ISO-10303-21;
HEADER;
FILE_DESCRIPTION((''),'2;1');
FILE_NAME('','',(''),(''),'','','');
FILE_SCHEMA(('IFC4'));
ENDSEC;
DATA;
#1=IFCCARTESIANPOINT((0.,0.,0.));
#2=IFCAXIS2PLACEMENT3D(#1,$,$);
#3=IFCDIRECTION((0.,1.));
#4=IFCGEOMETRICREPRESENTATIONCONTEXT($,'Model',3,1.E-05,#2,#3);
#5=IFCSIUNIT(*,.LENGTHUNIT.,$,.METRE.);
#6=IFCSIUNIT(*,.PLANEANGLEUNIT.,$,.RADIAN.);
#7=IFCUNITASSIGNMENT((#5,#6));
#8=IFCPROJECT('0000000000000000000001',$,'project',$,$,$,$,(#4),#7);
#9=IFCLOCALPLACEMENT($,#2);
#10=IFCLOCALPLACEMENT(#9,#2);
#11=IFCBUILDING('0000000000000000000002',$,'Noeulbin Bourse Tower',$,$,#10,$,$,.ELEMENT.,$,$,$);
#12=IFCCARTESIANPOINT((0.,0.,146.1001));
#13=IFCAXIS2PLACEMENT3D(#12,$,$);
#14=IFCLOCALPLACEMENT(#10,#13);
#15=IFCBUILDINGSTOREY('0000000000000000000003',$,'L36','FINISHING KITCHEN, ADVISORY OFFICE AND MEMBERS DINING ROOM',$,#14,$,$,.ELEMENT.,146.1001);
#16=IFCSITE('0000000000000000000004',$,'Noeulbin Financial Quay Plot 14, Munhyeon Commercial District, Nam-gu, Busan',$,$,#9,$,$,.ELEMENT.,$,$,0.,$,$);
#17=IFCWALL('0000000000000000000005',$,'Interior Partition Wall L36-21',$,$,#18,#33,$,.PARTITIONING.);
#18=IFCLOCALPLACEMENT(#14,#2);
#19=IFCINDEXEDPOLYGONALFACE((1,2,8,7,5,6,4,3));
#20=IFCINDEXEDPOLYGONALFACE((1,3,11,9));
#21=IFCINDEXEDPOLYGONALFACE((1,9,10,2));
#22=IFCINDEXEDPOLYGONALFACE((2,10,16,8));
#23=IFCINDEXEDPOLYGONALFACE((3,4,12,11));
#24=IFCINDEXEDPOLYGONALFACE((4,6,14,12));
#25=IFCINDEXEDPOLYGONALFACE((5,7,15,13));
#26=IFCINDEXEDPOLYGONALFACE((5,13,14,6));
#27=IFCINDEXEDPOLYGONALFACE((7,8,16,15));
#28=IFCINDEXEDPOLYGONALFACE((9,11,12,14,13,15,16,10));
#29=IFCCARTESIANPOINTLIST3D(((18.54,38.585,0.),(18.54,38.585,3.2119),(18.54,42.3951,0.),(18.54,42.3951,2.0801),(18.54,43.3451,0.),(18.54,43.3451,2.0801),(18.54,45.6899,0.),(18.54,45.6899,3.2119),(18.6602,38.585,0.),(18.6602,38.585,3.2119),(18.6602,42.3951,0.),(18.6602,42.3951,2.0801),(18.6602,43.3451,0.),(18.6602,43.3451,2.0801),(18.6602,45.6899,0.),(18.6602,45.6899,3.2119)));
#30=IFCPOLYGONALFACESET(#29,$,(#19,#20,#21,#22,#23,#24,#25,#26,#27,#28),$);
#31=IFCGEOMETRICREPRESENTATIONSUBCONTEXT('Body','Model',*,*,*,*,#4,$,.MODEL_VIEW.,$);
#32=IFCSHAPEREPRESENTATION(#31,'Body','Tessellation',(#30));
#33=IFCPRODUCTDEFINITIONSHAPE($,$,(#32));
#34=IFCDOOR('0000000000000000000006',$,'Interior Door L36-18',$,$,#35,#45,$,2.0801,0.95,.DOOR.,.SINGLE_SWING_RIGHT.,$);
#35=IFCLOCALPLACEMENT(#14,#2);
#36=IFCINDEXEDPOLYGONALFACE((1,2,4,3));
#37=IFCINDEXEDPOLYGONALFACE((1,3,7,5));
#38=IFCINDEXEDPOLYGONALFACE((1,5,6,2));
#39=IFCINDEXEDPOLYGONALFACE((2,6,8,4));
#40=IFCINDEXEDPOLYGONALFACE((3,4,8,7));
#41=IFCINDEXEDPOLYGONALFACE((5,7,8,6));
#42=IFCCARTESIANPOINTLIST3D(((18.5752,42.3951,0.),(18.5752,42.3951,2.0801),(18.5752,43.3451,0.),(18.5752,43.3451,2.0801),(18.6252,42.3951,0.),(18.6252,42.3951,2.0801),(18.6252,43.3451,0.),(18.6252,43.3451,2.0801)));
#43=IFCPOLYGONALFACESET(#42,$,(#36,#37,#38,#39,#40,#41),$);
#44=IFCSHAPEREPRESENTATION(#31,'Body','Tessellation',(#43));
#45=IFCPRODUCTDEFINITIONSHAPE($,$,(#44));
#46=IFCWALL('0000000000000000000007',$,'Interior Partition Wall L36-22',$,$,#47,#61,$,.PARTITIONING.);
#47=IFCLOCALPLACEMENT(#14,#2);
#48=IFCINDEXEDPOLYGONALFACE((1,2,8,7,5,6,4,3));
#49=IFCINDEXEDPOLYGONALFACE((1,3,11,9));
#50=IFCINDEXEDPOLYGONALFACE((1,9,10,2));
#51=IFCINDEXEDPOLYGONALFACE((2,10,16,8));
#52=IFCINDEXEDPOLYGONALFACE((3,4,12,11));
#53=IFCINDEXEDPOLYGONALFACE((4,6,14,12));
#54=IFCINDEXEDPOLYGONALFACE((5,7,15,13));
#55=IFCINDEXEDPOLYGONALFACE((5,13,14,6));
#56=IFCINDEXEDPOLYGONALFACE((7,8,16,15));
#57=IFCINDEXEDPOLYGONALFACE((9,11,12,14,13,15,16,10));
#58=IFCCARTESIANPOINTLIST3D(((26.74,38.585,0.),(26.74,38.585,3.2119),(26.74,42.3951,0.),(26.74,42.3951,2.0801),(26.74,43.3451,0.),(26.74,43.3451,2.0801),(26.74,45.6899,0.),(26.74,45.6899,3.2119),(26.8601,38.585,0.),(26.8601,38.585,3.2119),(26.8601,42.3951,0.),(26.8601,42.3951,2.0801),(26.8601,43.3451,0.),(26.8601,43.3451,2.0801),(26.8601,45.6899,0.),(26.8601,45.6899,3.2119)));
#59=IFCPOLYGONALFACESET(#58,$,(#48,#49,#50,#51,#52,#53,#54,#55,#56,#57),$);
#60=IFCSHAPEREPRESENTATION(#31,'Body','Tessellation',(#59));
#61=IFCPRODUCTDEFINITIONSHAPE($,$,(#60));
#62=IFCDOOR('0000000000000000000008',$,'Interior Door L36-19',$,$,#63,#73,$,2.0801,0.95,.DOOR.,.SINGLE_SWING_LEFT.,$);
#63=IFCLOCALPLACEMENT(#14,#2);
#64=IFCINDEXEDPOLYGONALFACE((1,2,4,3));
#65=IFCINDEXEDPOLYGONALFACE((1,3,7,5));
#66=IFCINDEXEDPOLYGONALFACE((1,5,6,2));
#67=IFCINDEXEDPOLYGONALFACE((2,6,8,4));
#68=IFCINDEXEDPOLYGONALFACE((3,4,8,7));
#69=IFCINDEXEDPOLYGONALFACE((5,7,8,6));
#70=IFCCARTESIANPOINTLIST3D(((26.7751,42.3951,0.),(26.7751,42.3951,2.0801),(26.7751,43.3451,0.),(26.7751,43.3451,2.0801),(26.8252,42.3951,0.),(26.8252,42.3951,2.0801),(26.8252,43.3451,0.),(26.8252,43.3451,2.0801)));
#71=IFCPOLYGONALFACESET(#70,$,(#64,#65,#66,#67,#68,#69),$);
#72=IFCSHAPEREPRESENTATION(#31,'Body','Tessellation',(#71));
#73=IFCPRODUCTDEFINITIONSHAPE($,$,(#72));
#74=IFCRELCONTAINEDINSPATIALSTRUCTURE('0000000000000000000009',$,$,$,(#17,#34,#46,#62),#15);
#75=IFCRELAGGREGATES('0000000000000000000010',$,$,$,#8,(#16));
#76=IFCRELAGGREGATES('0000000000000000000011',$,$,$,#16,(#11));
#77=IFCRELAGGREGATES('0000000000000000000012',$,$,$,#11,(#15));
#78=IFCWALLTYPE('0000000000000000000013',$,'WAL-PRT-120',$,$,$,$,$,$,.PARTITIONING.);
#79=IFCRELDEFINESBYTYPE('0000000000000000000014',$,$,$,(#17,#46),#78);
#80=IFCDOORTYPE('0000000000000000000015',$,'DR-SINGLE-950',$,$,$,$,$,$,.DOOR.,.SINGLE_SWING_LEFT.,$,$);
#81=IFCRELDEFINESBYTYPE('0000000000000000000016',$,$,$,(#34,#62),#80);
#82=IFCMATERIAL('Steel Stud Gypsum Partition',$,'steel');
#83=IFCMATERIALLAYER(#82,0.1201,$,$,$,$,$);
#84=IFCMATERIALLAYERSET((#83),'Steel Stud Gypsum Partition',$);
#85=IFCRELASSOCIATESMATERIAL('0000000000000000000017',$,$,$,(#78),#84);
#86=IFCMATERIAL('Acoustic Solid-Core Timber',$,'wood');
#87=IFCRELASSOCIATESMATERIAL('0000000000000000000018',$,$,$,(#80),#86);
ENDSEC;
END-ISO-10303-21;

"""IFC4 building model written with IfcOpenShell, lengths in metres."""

from ifc_helpers import new_model, si_unit, direction, frame, frame_2d, origin, place, context, subcontext, project, spatial, rectangle, extrude, material, layer, layer_set, type_object, element, fill, save


model = new_model("IFC4")

# Units and contexts
model_context = context("Model", 3, precision=1e-05, world=origin(), true_north=direction((0.0, 1.0)))
body_context = subcontext(model_context, "Body", "Model", "MODEL_VIEW")
ifc_project = project(units=[si_unit("LENGTHUNIT", "METRE"), si_unit("PLANEANGLEUNIT", "RADIAN")], contexts=[model_context])

# Site, building, storey
site_placement = place(None, origin())
site = spatial("IfcSite", under=ifc_project, at=site_placement, Name="Noeulbin Financial Quay Plot 14, Munhyeon Commercial District, Nam-gu, Busan", CompositionType="ELEMENT", RefElevation=0.0)
building_placement = place(site_placement, origin())
building = spatial("IfcBuilding", under=site, at=building_placement, Name="Noeulbin Bourse Tower", CompositionType="ELEMENT")
storey_placement = place(building_placement, frame((0.0, 0.0, 146.1001)))
storey = spatial("IfcBuildingStorey", under=building, at=storey_placement, Name="L36", Description="FINISHING KITCHEN, ADVISORY OFFICE AND MEMBERS DINING ROOM", CompositionType="ELEMENT", Elevation=146.1001)

# Walls, openings, doors
ifc_material_1 = material(Name="Steel Stud Gypsum Partition", Category="steel")
ifc_layer_1 = layer(ifc_material_1, 0.1201)
ifc_layer_set_1 = layer_set([ifc_layer_1], Name="Steel Stud Gypsum Partition")
wall_type = type_object("IfcWallType", Name="WAL-PRT-120", PredefinedType="PARTITIONING", material=ifc_layer_set_1)
wall_1_placement = place(storey_placement, frame((18.6001, 38.585, 0.0), z_axis=(0.0, 0.0, 1.0), x_axis=(0.0, 1.0, 0.0)))
wall_1 = element("IfcWall", 1, at=wall_1_placement, inside=storey, type_object=wall_type, Name="Interior Partition Wall L36-21", PredefinedType="PARTITIONING", context=body_context, shape_type="SweptSolid", body=[
    extrude(rectangle(XDim=7.105, YDim=0.1201, at=frame_2d((3.5525, 0.0))), origin(), (0.0, 0.0, 1.0), 3.2119),
])
opening_1_placement = place(wall_1_placement, frame((3.8101, 0.0, 0.0)))
opening_1 = element("IfcOpeningElement", 2, at=opening_1_placement, cuts=wall_1, PredefinedType="OPENING", context=body_context, shape_type="SweptSolid", body=[
    extrude(rectangle(XDim=0.95, YDim=2.0801, at=frame_2d((0.4751, 1.04))), frame((0.0, 0.0701, 0.0), z_axis=(0.0, -1.0, 0.0), x_axis=(1.0, 0.0, 0.0)), (0.0, 0.0, 1.0), 0.1401),
])
ifc_material_2 = material(Name="Acoustic Solid-Core Timber", Category="wood")
door_type = type_object("IfcDoorType", Name="DR-SINGLE-950", OperationType="SINGLE_SWING_LEFT", PredefinedType="DOOR", material=ifc_material_2)
door_1_placement = place(opening_1_placement, origin())
door_1 = element("IfcDoor", 3, at=door_1_placement, inside=storey, type_object=door_type, Name="Interior Door L36-18", OperationType="SINGLE_SWING_RIGHT", OverallHeight=2.0801, OverallWidth=0.95, PredefinedType="DOOR", context=body_context, shape_type="SweptSolid", body=[
    extrude(rectangle(XDim=0.95, YDim=2.0801, at=frame_2d((0.4751, 1.04))), frame((0.0, 0.0249, 0.0), z_axis=(0.0, -1.0, 0.0), x_axis=(1.0, 0.0, 0.0)), (0.0, 0.0, 1.0), 0.05),
])
fill(opening_1, door_1)
wall_2_placement = place(storey_placement, frame((26.8, 38.585, 0.0), z_axis=(0.0, 0.0, 1.0), x_axis=(0.0, 1.0, 0.0)))
wall_2 = element("IfcWall", 4, at=wall_2_placement, inside=storey, type_object=wall_type, Name="Interior Partition Wall L36-22", PredefinedType="PARTITIONING", context=body_context, shape_type="SweptSolid", body=[
    extrude(rectangle(XDim=7.105, YDim=0.1201, at=frame_2d((3.5525, 0.0))), origin(), (0.0, 0.0, 1.0), 3.2119),
])
opening_2_placement = place(wall_2_placement, frame((3.8101, 0.0, 0.0)))
opening_2 = element("IfcOpeningElement", 5, at=opening_2_placement, cuts=wall_2, PredefinedType="OPENING", context=body_context, shape_type="SweptSolid", body=[
    extrude(rectangle(XDim=0.95, YDim=2.0801, at=frame_2d((0.4751, 1.04))), frame((0.0, 0.0701, 0.0), z_axis=(0.0, -1.0, 0.0), x_axis=(1.0, 0.0, 0.0)), (0.0, 0.0, 1.0), 0.1401),
])
door_2_placement = place(opening_2_placement, origin())
door_2 = element("IfcDoor", 6, at=door_2_placement, inside=storey, type_object=door_type, Name="Interior Door L36-19", OperationType="SINGLE_SWING_LEFT", OverallHeight=2.0801, OverallWidth=0.95, PredefinedType="DOOR", context=body_context, shape_type="SweptSolid", body=[
    extrude(rectangle(XDim=0.95, YDim=2.0801, at=frame_2d((0.4751, 1.04))), frame((0.0, 0.0249, 0.0), z_axis=(0.0, -1.0, 0.0), x_axis=(1.0, 0.0, 0.0)), (0.0, 0.0, 1.0), 0.05),
])
fill(opening_2, door_2)

save(model, "model.ifc")
